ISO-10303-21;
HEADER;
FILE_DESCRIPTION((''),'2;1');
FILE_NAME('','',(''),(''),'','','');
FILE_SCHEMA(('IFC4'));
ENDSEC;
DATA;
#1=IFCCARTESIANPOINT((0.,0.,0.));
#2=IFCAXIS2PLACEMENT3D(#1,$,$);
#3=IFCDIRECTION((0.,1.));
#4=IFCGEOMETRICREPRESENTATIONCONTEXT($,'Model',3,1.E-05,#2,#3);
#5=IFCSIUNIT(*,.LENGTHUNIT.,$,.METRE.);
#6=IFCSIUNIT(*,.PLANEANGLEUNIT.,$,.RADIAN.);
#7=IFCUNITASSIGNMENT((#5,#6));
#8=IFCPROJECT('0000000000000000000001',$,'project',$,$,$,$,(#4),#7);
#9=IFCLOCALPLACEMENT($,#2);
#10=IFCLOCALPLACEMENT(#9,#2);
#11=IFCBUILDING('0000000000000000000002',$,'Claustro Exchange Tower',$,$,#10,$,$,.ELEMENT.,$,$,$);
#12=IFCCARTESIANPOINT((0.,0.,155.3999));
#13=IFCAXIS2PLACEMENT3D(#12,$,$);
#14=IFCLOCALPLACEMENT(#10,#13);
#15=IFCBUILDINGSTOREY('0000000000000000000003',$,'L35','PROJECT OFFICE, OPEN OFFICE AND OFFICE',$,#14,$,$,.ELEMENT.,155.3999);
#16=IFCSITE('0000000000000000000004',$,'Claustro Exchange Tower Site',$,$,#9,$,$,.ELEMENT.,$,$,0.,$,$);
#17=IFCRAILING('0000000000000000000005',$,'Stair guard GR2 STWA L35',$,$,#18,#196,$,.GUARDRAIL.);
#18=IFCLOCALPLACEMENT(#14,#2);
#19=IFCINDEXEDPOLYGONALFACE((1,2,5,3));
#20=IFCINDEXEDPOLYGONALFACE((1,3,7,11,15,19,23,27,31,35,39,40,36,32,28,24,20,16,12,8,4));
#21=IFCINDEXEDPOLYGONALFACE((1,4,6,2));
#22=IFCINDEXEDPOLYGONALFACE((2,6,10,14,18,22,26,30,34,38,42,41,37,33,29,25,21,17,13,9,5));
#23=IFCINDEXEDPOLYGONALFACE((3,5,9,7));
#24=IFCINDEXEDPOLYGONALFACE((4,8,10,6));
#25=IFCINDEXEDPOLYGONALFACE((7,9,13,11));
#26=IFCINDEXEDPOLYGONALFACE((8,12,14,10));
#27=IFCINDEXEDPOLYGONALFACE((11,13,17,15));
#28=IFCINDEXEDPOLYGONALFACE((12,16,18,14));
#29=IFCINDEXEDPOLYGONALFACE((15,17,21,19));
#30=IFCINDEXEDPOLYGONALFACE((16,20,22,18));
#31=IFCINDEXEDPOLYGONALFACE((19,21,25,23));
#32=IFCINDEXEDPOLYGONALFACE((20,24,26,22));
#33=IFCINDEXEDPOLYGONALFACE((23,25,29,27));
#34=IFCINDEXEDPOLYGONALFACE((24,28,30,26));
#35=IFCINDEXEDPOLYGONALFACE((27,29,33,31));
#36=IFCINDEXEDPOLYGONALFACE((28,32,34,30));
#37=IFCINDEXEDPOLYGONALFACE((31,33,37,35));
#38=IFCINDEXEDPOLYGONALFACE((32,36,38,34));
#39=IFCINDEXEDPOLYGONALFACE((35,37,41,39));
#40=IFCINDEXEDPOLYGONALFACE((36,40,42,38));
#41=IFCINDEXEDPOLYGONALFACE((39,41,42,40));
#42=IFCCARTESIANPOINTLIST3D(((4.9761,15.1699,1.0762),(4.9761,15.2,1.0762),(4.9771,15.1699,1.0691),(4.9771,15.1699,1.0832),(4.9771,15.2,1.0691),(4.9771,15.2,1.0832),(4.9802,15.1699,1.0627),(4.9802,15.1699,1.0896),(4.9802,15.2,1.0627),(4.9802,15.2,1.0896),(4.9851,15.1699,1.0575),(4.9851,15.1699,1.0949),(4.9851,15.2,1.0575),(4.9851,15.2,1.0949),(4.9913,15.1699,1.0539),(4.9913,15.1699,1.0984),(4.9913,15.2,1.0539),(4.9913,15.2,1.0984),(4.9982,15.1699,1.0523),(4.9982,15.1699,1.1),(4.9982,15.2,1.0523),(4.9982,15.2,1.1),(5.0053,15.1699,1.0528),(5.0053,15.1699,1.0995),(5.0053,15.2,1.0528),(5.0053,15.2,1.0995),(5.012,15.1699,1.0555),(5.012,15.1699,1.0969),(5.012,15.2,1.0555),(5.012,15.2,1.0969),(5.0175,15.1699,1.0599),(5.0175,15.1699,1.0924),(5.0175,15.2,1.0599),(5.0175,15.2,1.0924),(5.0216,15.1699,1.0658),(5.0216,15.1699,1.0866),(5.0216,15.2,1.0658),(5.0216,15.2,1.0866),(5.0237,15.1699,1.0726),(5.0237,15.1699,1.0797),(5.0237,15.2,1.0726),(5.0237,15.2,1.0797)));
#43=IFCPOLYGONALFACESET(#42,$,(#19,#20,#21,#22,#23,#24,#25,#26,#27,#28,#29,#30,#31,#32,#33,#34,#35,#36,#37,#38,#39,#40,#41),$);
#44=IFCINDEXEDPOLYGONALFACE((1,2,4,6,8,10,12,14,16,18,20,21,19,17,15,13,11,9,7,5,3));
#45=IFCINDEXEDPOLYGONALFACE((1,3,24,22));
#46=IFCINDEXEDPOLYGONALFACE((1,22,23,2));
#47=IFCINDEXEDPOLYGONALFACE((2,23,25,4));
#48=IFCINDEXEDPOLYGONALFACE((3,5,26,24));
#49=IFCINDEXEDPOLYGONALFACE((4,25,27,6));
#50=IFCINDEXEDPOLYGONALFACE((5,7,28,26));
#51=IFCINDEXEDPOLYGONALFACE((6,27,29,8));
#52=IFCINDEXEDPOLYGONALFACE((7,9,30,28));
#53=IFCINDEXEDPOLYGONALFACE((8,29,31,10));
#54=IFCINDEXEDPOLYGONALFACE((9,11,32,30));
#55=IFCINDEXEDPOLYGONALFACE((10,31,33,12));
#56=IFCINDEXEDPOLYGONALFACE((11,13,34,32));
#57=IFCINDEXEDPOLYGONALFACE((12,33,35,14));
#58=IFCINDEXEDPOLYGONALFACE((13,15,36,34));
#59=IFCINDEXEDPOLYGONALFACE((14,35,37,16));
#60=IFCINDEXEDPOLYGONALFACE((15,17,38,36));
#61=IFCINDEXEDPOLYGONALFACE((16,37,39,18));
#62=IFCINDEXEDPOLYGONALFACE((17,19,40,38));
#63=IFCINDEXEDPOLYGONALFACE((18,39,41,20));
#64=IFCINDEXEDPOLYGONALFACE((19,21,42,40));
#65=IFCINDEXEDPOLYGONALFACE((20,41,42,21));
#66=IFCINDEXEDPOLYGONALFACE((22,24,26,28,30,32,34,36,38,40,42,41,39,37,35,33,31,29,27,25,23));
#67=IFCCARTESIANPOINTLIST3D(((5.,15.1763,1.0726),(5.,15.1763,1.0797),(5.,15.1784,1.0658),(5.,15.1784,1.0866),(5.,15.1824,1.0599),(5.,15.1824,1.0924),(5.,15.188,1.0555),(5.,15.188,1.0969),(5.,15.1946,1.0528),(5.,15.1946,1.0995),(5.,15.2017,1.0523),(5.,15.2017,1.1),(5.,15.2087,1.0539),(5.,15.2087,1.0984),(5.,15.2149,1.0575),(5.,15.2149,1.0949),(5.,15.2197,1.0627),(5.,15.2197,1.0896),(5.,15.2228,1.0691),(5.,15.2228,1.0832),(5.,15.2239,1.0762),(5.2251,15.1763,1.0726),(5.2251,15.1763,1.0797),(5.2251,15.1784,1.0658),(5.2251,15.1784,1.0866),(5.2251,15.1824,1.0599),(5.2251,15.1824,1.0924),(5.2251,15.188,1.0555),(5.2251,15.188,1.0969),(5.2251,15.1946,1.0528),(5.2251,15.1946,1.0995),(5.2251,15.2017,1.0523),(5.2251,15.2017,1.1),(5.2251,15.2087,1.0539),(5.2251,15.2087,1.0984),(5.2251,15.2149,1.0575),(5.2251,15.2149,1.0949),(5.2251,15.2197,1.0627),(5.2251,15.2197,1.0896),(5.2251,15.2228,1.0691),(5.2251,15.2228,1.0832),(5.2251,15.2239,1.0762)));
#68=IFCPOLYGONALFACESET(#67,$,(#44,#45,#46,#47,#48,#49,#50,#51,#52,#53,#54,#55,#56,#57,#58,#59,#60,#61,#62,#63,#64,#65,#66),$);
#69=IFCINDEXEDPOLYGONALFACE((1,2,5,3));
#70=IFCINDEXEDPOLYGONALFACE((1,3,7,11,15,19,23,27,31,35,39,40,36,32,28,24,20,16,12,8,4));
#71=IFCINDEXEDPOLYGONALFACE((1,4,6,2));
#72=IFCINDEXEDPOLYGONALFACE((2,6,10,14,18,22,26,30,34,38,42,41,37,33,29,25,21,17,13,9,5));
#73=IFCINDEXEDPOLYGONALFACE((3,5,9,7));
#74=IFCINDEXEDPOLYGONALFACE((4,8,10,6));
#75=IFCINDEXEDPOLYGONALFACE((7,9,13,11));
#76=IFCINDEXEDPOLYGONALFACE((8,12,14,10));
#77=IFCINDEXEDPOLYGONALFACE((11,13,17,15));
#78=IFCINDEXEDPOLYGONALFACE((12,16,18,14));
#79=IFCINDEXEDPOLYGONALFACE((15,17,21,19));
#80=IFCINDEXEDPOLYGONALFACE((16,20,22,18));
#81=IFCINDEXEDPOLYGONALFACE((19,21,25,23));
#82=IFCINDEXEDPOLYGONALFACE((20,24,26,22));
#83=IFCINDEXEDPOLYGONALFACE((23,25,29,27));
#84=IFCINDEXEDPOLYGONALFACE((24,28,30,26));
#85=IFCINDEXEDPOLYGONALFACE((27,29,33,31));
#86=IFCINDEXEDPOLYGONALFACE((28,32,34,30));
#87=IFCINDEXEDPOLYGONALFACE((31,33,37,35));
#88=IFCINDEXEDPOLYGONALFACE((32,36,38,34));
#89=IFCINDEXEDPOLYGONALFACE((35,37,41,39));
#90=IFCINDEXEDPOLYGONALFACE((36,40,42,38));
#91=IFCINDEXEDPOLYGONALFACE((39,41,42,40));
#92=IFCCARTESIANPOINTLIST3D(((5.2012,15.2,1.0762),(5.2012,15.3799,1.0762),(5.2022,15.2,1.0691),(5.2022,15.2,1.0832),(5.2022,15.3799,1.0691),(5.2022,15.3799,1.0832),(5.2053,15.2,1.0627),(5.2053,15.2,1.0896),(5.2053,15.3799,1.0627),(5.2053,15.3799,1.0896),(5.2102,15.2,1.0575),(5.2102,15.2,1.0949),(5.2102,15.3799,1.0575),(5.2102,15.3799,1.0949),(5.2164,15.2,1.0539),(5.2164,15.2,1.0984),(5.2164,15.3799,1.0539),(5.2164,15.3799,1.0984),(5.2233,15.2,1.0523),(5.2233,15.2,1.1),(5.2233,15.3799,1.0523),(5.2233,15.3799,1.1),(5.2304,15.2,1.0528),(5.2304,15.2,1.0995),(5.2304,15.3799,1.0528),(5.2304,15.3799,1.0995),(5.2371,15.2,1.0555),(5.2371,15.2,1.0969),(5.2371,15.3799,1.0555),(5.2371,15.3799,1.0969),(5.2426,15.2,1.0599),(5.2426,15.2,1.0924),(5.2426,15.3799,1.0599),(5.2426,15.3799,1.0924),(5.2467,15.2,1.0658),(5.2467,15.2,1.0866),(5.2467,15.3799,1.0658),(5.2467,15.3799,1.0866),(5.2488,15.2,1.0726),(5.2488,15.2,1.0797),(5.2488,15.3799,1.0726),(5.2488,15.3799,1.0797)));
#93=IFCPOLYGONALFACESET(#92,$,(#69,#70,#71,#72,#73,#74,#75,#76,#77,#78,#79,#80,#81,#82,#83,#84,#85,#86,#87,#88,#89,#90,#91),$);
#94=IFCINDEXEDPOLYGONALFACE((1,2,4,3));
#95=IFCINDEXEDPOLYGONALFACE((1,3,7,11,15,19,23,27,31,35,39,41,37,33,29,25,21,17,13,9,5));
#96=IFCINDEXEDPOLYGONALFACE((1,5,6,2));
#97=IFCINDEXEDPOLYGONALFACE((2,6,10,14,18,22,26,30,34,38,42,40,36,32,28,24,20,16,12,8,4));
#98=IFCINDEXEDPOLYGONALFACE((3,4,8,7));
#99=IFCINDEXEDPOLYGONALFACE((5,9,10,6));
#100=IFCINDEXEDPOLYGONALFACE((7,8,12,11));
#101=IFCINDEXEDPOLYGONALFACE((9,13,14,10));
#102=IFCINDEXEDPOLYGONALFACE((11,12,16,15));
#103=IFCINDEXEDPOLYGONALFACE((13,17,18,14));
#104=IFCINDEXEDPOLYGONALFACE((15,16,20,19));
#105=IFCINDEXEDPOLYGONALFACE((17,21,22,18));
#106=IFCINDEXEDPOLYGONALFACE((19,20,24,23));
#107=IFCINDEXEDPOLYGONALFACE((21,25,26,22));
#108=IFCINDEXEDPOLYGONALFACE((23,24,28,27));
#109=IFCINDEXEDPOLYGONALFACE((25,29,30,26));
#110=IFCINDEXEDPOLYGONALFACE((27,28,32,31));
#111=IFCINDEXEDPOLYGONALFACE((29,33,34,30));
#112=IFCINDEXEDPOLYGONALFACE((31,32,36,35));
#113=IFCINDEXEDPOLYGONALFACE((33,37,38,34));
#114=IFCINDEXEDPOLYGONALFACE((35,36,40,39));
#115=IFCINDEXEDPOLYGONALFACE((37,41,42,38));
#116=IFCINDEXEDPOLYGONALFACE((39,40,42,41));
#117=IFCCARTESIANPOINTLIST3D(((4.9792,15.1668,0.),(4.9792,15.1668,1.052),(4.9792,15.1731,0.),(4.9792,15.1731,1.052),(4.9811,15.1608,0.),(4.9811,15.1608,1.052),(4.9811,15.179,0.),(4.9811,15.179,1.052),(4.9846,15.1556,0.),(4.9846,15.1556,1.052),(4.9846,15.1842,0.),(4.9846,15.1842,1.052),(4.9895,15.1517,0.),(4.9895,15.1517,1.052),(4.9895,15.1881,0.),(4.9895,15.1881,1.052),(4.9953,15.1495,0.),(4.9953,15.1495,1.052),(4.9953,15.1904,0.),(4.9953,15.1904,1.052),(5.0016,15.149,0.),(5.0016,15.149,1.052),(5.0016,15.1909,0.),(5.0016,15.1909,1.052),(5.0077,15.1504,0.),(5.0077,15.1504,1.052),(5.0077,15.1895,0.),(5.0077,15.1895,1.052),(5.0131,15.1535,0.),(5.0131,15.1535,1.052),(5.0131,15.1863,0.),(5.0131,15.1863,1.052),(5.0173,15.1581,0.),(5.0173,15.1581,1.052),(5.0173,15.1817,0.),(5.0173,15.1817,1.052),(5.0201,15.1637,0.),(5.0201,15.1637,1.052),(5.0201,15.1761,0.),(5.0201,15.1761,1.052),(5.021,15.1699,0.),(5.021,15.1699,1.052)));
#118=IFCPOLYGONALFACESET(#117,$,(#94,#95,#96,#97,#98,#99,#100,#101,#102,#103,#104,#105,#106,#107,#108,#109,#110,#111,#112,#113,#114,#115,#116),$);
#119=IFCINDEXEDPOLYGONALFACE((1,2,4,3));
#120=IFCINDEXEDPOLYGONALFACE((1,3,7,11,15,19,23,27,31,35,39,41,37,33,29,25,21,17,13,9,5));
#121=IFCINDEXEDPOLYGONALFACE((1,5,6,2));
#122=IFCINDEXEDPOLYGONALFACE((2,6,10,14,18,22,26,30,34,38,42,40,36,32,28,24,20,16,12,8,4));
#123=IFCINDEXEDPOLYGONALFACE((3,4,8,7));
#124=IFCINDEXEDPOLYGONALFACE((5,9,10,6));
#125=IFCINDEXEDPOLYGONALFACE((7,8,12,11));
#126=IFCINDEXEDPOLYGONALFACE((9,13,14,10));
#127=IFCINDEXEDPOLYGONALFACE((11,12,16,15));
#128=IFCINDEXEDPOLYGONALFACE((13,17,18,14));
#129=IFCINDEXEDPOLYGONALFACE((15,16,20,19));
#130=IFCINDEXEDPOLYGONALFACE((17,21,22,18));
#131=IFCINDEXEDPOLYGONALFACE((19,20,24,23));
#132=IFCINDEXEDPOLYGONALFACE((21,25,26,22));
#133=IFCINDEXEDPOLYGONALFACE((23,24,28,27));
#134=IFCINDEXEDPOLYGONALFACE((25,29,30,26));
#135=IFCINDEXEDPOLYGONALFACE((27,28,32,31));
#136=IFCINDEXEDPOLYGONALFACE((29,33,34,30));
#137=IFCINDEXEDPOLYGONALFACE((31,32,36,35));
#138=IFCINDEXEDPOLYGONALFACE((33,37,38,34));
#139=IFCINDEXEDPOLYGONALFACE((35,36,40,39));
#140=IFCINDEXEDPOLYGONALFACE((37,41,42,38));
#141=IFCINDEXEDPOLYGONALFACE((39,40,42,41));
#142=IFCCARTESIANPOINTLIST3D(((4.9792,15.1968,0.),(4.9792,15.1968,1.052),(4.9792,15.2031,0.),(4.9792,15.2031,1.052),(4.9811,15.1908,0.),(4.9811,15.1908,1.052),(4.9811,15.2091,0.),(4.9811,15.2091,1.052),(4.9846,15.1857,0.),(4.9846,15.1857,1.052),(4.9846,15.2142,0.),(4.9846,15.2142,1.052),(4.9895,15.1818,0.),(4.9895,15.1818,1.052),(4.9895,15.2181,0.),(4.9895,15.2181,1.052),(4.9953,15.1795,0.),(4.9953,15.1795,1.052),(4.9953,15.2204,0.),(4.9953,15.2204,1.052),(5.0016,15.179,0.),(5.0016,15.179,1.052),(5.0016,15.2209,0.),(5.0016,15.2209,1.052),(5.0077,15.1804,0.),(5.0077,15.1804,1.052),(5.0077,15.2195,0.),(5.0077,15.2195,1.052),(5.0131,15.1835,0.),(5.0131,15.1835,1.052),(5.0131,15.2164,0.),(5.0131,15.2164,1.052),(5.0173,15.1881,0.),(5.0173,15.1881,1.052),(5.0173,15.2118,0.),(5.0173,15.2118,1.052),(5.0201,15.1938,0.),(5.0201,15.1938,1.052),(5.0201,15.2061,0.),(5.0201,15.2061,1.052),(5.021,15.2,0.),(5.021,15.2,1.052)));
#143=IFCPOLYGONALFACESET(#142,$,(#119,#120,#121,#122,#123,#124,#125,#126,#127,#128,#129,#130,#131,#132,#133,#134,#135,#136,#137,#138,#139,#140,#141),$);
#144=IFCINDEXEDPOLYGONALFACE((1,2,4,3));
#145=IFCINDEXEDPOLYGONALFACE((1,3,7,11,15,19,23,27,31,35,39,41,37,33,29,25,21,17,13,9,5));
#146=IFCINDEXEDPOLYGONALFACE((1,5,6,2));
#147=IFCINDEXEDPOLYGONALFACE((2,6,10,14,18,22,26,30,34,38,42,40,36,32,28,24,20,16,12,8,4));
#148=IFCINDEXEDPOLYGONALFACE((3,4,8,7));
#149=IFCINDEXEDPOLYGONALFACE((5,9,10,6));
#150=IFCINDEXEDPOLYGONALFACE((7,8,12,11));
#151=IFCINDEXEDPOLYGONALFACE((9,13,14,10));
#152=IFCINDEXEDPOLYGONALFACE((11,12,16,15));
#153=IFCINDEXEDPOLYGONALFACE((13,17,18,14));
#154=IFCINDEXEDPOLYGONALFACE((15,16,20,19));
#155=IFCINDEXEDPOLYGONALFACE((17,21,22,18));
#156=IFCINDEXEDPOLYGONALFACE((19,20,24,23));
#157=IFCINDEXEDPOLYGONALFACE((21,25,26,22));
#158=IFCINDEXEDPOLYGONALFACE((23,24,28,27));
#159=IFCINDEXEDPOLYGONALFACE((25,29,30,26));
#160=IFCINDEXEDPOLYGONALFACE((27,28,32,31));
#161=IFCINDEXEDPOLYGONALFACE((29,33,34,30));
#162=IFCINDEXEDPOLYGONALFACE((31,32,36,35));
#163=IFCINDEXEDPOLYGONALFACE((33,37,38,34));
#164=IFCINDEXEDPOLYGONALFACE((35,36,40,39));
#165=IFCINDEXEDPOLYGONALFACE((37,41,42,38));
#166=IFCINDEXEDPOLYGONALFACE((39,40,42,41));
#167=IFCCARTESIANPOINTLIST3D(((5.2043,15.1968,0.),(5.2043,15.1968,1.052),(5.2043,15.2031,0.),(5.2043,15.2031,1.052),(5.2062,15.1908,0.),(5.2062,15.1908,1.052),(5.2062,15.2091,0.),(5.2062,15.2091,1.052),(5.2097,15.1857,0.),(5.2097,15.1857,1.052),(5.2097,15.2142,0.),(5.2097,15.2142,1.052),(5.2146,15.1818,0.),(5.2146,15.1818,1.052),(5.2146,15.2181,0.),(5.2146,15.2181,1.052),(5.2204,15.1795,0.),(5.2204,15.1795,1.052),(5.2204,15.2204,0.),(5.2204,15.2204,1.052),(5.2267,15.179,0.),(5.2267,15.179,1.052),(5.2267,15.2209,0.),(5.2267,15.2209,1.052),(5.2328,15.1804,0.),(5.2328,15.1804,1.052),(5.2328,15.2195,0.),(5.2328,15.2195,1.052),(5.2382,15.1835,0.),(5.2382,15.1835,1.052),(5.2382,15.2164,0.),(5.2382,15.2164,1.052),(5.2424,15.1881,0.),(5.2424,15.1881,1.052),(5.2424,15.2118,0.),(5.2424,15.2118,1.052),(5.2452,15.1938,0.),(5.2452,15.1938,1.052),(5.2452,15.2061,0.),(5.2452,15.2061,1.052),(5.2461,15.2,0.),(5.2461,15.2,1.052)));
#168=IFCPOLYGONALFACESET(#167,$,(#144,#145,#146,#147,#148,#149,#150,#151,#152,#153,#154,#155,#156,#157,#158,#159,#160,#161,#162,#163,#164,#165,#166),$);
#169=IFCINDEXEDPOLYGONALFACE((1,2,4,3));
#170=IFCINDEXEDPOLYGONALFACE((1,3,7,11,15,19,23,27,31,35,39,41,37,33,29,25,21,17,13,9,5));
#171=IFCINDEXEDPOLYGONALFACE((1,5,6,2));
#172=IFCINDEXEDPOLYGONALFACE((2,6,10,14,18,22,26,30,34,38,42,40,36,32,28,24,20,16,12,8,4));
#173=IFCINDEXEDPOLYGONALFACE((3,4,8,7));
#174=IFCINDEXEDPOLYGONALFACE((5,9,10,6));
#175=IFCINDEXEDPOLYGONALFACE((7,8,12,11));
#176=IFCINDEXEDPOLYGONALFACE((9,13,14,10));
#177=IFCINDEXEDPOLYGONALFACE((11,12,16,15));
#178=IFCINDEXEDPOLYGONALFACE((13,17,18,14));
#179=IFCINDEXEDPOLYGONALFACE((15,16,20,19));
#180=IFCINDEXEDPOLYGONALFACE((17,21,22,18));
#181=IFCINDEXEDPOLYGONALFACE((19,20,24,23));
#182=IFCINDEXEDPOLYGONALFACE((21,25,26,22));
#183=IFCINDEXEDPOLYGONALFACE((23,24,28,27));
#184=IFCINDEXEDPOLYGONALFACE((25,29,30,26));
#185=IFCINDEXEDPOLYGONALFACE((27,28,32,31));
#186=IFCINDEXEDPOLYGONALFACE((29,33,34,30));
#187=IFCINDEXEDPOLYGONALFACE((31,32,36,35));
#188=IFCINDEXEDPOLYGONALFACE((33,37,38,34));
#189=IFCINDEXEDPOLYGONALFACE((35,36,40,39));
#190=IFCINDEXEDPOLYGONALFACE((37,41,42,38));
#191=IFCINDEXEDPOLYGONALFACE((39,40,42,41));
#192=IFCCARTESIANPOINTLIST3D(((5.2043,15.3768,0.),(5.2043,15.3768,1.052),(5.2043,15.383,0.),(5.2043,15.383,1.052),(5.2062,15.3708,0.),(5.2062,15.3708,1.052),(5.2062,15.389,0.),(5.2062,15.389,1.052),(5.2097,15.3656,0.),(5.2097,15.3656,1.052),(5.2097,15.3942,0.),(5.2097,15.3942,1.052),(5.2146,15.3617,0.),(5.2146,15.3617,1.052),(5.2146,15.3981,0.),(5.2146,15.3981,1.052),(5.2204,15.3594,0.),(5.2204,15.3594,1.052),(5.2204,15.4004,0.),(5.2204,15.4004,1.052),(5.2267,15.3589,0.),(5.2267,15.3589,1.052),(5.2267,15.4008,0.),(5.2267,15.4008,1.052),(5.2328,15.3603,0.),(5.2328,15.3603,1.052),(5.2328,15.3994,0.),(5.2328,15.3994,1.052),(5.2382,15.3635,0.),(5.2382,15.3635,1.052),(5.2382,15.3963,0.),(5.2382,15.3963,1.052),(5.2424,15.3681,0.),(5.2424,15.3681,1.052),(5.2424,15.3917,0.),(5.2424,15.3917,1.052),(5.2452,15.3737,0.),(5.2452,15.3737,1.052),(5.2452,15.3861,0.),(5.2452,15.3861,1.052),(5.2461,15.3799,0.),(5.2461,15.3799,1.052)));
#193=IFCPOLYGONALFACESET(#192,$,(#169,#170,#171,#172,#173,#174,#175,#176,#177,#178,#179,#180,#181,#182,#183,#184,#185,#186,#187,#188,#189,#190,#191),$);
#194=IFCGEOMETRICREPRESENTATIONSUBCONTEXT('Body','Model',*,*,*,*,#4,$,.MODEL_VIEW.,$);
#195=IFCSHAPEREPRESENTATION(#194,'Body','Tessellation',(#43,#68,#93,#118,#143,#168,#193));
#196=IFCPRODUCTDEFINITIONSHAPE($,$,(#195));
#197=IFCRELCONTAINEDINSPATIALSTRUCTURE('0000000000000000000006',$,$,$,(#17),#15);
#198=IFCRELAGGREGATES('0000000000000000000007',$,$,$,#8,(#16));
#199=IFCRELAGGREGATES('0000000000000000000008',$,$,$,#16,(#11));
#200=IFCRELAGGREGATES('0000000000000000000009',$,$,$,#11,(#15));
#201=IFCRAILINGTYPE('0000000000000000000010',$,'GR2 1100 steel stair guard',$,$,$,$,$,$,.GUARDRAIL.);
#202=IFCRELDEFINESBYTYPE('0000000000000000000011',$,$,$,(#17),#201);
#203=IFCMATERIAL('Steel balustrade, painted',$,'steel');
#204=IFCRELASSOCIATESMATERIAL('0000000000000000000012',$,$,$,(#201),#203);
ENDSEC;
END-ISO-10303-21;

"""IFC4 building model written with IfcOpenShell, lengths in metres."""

from ifc_helpers import new_model, si_unit, direction, frame, origin, origin_2d, place, context, subcontext, project, spatial, circle, extrude, material, type_object, element, save


model = new_model("IFC4")

# Units and contexts
model_context = context("Model", 3, precision=1e-05, world=origin(), true_north=direction((0.0, 1.0)))
body_context = subcontext(model_context, "Body", "Model", "MODEL_VIEW")
ifc_project = project(units=[si_unit("LENGTHUNIT", "METRE"), si_unit("PLANEANGLEUNIT", "RADIAN")], contexts=[model_context])

# Site, building, storey
site_placement = place(None, origin())
site = spatial("IfcSite", under=ifc_project, at=site_placement, Name="Claustro Exchange Tower Site", CompositionType="ELEMENT", RefElevation=0.0)
building_placement = place(site_placement, origin())
building = spatial("IfcBuilding", under=site, at=building_placement, Name="Claustro Exchange Tower", CompositionType="ELEMENT")
storey_placement = place(building_placement, frame((0.0, 0.0, 155.3999)))
storey = spatial("IfcBuildingStorey", under=building, at=storey_placement, Name="L35", Description="PROJECT OFFICE, OPEN OFFICE AND OFFICE", CompositionType="ELEMENT", Elevation=155.3999)

# Railing
ifc_material_1 = material(Name="Steel balustrade, painted", Category="steel")
railing_type_1 = type_object("IfcRailingType", Name="GR2 1100 steel stair guard", PredefinedType="GUARDRAIL", material=ifc_material_1)
railing_1_placement = place(storey_placement, frame((5.0, 15.1699, 0.0)))
element("IfcRailing", 1, at=railing_1_placement, inside=storey, type_object=railing_type_1, Name="Stair guard GR2 STWA L35", PredefinedType="GUARDRAIL", context=body_context, shape_type="SweptSolid", body=[
    extrude(circle(Radius=0.0239, at=origin_2d()), frame((0.0, 0.0, 1.0762), z_axis=(0.0, 1.0, 0.0), x_axis=(-1.0, 0.0, 0.0)), (0.0, 0.0, 1.0), 0.03),
    extrude(circle(Radius=0.0239, at=origin_2d()), frame((0.0, 0.03, 1.0762), z_axis=(1.0, 0.0, 0.0), x_axis=(0.0, 1.0, 0.0)), (0.0, 0.0, 1.0), 0.2251),
    extrude(circle(Radius=0.0239, at=origin_2d()), frame((0.2251, 0.03, 1.0762), z_axis=(0.0, 1.0, 0.0), x_axis=(-1.0, 0.0, 0.0)), (0.0, 0.0, 1.0), 0.1799),
    extrude(circle(Radius=0.021, at=origin_2d()), origin(), (0.0, 0.0, 1.0), 1.052),
    extrude(circle(Radius=0.021, at=origin_2d()), frame((0.0, 0.03, 0.0)), (0.0, 0.0, 1.0), 1.052),
    extrude(circle(Radius=0.021, at=origin_2d()), frame((0.2251, 0.03, 0.0)), (0.0, 0.0, 1.0), 1.052),
    extrude(circle(Radius=0.021, at=origin_2d()), frame((0.2251, 0.21, 0.0)), (0.0, 0.0, 1.0), 1.052),
])

save(model, "model.ifc")
